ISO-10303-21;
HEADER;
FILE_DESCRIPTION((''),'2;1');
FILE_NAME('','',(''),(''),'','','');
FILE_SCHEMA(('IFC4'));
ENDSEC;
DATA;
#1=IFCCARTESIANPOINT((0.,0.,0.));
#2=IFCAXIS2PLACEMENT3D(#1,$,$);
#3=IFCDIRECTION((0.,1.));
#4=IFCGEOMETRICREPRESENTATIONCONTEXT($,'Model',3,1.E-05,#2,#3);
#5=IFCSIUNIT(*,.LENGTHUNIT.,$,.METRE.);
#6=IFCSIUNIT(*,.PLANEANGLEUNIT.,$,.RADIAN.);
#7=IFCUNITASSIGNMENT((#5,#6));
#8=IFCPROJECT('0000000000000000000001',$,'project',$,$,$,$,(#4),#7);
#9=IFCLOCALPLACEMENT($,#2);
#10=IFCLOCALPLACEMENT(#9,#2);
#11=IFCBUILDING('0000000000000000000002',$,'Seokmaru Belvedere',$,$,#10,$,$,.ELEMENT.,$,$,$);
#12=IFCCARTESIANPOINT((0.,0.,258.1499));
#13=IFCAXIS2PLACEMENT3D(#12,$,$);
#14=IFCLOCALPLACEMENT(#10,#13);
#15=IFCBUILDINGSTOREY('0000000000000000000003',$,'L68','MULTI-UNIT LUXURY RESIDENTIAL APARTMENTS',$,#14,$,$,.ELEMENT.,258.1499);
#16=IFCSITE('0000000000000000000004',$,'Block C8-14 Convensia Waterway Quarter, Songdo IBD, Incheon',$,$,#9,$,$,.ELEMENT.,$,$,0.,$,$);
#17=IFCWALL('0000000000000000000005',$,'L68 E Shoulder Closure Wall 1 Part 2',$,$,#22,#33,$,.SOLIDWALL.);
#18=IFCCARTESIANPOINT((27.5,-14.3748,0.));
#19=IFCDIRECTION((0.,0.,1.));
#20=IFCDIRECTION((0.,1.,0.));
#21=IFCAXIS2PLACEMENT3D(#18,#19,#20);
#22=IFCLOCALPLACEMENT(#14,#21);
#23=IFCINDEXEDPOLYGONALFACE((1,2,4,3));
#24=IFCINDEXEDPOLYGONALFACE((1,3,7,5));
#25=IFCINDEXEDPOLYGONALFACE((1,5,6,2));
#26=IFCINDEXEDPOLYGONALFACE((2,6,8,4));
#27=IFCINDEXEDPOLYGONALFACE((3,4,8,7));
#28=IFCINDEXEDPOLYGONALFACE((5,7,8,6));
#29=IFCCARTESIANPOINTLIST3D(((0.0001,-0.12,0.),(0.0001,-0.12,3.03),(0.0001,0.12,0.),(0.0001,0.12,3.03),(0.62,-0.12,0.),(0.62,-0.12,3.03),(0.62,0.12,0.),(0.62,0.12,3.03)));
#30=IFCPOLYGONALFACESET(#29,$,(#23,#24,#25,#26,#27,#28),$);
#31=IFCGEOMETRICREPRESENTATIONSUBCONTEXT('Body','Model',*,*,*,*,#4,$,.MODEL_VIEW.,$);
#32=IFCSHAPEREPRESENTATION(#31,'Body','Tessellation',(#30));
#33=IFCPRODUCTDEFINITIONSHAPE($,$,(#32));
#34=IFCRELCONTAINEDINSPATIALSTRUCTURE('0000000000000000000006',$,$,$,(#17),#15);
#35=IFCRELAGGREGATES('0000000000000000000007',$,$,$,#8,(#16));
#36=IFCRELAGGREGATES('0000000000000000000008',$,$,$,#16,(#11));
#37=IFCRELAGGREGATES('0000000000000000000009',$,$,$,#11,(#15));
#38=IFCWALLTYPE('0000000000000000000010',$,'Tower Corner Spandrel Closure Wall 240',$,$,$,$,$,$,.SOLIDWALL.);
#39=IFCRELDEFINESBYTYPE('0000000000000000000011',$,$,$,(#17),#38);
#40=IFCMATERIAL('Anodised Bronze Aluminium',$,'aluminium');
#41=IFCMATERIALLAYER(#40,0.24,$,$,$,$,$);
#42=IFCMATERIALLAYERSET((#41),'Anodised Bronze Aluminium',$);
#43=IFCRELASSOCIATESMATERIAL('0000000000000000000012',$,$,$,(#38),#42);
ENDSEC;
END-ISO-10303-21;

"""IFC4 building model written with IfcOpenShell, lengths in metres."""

from ifc_helpers import new_model, si_unit, direction, frame, frame_2d, origin, place, context, subcontext, project, spatial, rectangle, extrude, material, layer, layer_set, type_object, element, save


model = new_model("IFC4")

# Units and contexts
model_context = context("Model", 3, precision=1e-05, world=origin(), true_north=direction((0.0, 1.0)))
body_context = subcontext(model_context, "Body", "Model", "MODEL_VIEW")
ifc_project = project(units=[si_unit("LENGTHUNIT", "METRE"), si_unit("PLANEANGLEUNIT", "RADIAN")], contexts=[model_context])

# Site, building, storey
site_placement = place(None, origin())
site = spatial("IfcSite", under=ifc_project, at=site_placement, Name="Block C8-14 Convensia Waterway Quarter, Songdo IBD, Incheon", CompositionType="ELEMENT", RefElevation=0.0)
building_placement = place(site_placement, origin())
building = spatial("IfcBuilding", under=site, at=building_placement, Name="Seokmaru Belvedere", CompositionType="ELEMENT")
storey_placement = place(building_placement, frame((0.0, 0.0, 258.1499)))
storey = spatial("IfcBuildingStorey", under=building, at=storey_placement, Name="L68", Description="MULTI-UNIT LUXURY RESIDENTIAL APARTMENTS", CompositionType="ELEMENT", Elevation=258.1499)

# Shared definitions
ifc_material_1 = material(Name="Anodised Bronze Aluminium", Category="aluminium")

# Wall
ifc_layer_1 = layer(ifc_material_1, 0.24)
ifc_layer_set_1 = layer_set([ifc_layer_1], Name="Anodised Bronze Aluminium")
wall_type_1 = type_object("IfcWallType", Name="Tower Corner Spandrel Closure Wall 240", PredefinedType="SOLIDWALL", material=ifc_layer_set_1)
wall_1_placement = place(storey_placement, frame((27.5, -14.3748, 0.0), z_axis=(0.0, 0.0, 1.0), x_axis=(0.0, 1.0, 0.0)))
element("IfcWall", 1, at=wall_1_placement, inside=storey, type_object=wall_type_1, Name="L68 E Shoulder Closure Wall 1 Part 2", PredefinedType="SOLIDWALL", context=body_context, shape_type="SweptSolid", body=[
    extrude(rectangle(XDim=0.6199, YDim=0.24, at=frame_2d((0.3101, 0.0))), origin(), (0.0, 0.0, 1.0), 3.03),
])

save(model, "model.ifc")
